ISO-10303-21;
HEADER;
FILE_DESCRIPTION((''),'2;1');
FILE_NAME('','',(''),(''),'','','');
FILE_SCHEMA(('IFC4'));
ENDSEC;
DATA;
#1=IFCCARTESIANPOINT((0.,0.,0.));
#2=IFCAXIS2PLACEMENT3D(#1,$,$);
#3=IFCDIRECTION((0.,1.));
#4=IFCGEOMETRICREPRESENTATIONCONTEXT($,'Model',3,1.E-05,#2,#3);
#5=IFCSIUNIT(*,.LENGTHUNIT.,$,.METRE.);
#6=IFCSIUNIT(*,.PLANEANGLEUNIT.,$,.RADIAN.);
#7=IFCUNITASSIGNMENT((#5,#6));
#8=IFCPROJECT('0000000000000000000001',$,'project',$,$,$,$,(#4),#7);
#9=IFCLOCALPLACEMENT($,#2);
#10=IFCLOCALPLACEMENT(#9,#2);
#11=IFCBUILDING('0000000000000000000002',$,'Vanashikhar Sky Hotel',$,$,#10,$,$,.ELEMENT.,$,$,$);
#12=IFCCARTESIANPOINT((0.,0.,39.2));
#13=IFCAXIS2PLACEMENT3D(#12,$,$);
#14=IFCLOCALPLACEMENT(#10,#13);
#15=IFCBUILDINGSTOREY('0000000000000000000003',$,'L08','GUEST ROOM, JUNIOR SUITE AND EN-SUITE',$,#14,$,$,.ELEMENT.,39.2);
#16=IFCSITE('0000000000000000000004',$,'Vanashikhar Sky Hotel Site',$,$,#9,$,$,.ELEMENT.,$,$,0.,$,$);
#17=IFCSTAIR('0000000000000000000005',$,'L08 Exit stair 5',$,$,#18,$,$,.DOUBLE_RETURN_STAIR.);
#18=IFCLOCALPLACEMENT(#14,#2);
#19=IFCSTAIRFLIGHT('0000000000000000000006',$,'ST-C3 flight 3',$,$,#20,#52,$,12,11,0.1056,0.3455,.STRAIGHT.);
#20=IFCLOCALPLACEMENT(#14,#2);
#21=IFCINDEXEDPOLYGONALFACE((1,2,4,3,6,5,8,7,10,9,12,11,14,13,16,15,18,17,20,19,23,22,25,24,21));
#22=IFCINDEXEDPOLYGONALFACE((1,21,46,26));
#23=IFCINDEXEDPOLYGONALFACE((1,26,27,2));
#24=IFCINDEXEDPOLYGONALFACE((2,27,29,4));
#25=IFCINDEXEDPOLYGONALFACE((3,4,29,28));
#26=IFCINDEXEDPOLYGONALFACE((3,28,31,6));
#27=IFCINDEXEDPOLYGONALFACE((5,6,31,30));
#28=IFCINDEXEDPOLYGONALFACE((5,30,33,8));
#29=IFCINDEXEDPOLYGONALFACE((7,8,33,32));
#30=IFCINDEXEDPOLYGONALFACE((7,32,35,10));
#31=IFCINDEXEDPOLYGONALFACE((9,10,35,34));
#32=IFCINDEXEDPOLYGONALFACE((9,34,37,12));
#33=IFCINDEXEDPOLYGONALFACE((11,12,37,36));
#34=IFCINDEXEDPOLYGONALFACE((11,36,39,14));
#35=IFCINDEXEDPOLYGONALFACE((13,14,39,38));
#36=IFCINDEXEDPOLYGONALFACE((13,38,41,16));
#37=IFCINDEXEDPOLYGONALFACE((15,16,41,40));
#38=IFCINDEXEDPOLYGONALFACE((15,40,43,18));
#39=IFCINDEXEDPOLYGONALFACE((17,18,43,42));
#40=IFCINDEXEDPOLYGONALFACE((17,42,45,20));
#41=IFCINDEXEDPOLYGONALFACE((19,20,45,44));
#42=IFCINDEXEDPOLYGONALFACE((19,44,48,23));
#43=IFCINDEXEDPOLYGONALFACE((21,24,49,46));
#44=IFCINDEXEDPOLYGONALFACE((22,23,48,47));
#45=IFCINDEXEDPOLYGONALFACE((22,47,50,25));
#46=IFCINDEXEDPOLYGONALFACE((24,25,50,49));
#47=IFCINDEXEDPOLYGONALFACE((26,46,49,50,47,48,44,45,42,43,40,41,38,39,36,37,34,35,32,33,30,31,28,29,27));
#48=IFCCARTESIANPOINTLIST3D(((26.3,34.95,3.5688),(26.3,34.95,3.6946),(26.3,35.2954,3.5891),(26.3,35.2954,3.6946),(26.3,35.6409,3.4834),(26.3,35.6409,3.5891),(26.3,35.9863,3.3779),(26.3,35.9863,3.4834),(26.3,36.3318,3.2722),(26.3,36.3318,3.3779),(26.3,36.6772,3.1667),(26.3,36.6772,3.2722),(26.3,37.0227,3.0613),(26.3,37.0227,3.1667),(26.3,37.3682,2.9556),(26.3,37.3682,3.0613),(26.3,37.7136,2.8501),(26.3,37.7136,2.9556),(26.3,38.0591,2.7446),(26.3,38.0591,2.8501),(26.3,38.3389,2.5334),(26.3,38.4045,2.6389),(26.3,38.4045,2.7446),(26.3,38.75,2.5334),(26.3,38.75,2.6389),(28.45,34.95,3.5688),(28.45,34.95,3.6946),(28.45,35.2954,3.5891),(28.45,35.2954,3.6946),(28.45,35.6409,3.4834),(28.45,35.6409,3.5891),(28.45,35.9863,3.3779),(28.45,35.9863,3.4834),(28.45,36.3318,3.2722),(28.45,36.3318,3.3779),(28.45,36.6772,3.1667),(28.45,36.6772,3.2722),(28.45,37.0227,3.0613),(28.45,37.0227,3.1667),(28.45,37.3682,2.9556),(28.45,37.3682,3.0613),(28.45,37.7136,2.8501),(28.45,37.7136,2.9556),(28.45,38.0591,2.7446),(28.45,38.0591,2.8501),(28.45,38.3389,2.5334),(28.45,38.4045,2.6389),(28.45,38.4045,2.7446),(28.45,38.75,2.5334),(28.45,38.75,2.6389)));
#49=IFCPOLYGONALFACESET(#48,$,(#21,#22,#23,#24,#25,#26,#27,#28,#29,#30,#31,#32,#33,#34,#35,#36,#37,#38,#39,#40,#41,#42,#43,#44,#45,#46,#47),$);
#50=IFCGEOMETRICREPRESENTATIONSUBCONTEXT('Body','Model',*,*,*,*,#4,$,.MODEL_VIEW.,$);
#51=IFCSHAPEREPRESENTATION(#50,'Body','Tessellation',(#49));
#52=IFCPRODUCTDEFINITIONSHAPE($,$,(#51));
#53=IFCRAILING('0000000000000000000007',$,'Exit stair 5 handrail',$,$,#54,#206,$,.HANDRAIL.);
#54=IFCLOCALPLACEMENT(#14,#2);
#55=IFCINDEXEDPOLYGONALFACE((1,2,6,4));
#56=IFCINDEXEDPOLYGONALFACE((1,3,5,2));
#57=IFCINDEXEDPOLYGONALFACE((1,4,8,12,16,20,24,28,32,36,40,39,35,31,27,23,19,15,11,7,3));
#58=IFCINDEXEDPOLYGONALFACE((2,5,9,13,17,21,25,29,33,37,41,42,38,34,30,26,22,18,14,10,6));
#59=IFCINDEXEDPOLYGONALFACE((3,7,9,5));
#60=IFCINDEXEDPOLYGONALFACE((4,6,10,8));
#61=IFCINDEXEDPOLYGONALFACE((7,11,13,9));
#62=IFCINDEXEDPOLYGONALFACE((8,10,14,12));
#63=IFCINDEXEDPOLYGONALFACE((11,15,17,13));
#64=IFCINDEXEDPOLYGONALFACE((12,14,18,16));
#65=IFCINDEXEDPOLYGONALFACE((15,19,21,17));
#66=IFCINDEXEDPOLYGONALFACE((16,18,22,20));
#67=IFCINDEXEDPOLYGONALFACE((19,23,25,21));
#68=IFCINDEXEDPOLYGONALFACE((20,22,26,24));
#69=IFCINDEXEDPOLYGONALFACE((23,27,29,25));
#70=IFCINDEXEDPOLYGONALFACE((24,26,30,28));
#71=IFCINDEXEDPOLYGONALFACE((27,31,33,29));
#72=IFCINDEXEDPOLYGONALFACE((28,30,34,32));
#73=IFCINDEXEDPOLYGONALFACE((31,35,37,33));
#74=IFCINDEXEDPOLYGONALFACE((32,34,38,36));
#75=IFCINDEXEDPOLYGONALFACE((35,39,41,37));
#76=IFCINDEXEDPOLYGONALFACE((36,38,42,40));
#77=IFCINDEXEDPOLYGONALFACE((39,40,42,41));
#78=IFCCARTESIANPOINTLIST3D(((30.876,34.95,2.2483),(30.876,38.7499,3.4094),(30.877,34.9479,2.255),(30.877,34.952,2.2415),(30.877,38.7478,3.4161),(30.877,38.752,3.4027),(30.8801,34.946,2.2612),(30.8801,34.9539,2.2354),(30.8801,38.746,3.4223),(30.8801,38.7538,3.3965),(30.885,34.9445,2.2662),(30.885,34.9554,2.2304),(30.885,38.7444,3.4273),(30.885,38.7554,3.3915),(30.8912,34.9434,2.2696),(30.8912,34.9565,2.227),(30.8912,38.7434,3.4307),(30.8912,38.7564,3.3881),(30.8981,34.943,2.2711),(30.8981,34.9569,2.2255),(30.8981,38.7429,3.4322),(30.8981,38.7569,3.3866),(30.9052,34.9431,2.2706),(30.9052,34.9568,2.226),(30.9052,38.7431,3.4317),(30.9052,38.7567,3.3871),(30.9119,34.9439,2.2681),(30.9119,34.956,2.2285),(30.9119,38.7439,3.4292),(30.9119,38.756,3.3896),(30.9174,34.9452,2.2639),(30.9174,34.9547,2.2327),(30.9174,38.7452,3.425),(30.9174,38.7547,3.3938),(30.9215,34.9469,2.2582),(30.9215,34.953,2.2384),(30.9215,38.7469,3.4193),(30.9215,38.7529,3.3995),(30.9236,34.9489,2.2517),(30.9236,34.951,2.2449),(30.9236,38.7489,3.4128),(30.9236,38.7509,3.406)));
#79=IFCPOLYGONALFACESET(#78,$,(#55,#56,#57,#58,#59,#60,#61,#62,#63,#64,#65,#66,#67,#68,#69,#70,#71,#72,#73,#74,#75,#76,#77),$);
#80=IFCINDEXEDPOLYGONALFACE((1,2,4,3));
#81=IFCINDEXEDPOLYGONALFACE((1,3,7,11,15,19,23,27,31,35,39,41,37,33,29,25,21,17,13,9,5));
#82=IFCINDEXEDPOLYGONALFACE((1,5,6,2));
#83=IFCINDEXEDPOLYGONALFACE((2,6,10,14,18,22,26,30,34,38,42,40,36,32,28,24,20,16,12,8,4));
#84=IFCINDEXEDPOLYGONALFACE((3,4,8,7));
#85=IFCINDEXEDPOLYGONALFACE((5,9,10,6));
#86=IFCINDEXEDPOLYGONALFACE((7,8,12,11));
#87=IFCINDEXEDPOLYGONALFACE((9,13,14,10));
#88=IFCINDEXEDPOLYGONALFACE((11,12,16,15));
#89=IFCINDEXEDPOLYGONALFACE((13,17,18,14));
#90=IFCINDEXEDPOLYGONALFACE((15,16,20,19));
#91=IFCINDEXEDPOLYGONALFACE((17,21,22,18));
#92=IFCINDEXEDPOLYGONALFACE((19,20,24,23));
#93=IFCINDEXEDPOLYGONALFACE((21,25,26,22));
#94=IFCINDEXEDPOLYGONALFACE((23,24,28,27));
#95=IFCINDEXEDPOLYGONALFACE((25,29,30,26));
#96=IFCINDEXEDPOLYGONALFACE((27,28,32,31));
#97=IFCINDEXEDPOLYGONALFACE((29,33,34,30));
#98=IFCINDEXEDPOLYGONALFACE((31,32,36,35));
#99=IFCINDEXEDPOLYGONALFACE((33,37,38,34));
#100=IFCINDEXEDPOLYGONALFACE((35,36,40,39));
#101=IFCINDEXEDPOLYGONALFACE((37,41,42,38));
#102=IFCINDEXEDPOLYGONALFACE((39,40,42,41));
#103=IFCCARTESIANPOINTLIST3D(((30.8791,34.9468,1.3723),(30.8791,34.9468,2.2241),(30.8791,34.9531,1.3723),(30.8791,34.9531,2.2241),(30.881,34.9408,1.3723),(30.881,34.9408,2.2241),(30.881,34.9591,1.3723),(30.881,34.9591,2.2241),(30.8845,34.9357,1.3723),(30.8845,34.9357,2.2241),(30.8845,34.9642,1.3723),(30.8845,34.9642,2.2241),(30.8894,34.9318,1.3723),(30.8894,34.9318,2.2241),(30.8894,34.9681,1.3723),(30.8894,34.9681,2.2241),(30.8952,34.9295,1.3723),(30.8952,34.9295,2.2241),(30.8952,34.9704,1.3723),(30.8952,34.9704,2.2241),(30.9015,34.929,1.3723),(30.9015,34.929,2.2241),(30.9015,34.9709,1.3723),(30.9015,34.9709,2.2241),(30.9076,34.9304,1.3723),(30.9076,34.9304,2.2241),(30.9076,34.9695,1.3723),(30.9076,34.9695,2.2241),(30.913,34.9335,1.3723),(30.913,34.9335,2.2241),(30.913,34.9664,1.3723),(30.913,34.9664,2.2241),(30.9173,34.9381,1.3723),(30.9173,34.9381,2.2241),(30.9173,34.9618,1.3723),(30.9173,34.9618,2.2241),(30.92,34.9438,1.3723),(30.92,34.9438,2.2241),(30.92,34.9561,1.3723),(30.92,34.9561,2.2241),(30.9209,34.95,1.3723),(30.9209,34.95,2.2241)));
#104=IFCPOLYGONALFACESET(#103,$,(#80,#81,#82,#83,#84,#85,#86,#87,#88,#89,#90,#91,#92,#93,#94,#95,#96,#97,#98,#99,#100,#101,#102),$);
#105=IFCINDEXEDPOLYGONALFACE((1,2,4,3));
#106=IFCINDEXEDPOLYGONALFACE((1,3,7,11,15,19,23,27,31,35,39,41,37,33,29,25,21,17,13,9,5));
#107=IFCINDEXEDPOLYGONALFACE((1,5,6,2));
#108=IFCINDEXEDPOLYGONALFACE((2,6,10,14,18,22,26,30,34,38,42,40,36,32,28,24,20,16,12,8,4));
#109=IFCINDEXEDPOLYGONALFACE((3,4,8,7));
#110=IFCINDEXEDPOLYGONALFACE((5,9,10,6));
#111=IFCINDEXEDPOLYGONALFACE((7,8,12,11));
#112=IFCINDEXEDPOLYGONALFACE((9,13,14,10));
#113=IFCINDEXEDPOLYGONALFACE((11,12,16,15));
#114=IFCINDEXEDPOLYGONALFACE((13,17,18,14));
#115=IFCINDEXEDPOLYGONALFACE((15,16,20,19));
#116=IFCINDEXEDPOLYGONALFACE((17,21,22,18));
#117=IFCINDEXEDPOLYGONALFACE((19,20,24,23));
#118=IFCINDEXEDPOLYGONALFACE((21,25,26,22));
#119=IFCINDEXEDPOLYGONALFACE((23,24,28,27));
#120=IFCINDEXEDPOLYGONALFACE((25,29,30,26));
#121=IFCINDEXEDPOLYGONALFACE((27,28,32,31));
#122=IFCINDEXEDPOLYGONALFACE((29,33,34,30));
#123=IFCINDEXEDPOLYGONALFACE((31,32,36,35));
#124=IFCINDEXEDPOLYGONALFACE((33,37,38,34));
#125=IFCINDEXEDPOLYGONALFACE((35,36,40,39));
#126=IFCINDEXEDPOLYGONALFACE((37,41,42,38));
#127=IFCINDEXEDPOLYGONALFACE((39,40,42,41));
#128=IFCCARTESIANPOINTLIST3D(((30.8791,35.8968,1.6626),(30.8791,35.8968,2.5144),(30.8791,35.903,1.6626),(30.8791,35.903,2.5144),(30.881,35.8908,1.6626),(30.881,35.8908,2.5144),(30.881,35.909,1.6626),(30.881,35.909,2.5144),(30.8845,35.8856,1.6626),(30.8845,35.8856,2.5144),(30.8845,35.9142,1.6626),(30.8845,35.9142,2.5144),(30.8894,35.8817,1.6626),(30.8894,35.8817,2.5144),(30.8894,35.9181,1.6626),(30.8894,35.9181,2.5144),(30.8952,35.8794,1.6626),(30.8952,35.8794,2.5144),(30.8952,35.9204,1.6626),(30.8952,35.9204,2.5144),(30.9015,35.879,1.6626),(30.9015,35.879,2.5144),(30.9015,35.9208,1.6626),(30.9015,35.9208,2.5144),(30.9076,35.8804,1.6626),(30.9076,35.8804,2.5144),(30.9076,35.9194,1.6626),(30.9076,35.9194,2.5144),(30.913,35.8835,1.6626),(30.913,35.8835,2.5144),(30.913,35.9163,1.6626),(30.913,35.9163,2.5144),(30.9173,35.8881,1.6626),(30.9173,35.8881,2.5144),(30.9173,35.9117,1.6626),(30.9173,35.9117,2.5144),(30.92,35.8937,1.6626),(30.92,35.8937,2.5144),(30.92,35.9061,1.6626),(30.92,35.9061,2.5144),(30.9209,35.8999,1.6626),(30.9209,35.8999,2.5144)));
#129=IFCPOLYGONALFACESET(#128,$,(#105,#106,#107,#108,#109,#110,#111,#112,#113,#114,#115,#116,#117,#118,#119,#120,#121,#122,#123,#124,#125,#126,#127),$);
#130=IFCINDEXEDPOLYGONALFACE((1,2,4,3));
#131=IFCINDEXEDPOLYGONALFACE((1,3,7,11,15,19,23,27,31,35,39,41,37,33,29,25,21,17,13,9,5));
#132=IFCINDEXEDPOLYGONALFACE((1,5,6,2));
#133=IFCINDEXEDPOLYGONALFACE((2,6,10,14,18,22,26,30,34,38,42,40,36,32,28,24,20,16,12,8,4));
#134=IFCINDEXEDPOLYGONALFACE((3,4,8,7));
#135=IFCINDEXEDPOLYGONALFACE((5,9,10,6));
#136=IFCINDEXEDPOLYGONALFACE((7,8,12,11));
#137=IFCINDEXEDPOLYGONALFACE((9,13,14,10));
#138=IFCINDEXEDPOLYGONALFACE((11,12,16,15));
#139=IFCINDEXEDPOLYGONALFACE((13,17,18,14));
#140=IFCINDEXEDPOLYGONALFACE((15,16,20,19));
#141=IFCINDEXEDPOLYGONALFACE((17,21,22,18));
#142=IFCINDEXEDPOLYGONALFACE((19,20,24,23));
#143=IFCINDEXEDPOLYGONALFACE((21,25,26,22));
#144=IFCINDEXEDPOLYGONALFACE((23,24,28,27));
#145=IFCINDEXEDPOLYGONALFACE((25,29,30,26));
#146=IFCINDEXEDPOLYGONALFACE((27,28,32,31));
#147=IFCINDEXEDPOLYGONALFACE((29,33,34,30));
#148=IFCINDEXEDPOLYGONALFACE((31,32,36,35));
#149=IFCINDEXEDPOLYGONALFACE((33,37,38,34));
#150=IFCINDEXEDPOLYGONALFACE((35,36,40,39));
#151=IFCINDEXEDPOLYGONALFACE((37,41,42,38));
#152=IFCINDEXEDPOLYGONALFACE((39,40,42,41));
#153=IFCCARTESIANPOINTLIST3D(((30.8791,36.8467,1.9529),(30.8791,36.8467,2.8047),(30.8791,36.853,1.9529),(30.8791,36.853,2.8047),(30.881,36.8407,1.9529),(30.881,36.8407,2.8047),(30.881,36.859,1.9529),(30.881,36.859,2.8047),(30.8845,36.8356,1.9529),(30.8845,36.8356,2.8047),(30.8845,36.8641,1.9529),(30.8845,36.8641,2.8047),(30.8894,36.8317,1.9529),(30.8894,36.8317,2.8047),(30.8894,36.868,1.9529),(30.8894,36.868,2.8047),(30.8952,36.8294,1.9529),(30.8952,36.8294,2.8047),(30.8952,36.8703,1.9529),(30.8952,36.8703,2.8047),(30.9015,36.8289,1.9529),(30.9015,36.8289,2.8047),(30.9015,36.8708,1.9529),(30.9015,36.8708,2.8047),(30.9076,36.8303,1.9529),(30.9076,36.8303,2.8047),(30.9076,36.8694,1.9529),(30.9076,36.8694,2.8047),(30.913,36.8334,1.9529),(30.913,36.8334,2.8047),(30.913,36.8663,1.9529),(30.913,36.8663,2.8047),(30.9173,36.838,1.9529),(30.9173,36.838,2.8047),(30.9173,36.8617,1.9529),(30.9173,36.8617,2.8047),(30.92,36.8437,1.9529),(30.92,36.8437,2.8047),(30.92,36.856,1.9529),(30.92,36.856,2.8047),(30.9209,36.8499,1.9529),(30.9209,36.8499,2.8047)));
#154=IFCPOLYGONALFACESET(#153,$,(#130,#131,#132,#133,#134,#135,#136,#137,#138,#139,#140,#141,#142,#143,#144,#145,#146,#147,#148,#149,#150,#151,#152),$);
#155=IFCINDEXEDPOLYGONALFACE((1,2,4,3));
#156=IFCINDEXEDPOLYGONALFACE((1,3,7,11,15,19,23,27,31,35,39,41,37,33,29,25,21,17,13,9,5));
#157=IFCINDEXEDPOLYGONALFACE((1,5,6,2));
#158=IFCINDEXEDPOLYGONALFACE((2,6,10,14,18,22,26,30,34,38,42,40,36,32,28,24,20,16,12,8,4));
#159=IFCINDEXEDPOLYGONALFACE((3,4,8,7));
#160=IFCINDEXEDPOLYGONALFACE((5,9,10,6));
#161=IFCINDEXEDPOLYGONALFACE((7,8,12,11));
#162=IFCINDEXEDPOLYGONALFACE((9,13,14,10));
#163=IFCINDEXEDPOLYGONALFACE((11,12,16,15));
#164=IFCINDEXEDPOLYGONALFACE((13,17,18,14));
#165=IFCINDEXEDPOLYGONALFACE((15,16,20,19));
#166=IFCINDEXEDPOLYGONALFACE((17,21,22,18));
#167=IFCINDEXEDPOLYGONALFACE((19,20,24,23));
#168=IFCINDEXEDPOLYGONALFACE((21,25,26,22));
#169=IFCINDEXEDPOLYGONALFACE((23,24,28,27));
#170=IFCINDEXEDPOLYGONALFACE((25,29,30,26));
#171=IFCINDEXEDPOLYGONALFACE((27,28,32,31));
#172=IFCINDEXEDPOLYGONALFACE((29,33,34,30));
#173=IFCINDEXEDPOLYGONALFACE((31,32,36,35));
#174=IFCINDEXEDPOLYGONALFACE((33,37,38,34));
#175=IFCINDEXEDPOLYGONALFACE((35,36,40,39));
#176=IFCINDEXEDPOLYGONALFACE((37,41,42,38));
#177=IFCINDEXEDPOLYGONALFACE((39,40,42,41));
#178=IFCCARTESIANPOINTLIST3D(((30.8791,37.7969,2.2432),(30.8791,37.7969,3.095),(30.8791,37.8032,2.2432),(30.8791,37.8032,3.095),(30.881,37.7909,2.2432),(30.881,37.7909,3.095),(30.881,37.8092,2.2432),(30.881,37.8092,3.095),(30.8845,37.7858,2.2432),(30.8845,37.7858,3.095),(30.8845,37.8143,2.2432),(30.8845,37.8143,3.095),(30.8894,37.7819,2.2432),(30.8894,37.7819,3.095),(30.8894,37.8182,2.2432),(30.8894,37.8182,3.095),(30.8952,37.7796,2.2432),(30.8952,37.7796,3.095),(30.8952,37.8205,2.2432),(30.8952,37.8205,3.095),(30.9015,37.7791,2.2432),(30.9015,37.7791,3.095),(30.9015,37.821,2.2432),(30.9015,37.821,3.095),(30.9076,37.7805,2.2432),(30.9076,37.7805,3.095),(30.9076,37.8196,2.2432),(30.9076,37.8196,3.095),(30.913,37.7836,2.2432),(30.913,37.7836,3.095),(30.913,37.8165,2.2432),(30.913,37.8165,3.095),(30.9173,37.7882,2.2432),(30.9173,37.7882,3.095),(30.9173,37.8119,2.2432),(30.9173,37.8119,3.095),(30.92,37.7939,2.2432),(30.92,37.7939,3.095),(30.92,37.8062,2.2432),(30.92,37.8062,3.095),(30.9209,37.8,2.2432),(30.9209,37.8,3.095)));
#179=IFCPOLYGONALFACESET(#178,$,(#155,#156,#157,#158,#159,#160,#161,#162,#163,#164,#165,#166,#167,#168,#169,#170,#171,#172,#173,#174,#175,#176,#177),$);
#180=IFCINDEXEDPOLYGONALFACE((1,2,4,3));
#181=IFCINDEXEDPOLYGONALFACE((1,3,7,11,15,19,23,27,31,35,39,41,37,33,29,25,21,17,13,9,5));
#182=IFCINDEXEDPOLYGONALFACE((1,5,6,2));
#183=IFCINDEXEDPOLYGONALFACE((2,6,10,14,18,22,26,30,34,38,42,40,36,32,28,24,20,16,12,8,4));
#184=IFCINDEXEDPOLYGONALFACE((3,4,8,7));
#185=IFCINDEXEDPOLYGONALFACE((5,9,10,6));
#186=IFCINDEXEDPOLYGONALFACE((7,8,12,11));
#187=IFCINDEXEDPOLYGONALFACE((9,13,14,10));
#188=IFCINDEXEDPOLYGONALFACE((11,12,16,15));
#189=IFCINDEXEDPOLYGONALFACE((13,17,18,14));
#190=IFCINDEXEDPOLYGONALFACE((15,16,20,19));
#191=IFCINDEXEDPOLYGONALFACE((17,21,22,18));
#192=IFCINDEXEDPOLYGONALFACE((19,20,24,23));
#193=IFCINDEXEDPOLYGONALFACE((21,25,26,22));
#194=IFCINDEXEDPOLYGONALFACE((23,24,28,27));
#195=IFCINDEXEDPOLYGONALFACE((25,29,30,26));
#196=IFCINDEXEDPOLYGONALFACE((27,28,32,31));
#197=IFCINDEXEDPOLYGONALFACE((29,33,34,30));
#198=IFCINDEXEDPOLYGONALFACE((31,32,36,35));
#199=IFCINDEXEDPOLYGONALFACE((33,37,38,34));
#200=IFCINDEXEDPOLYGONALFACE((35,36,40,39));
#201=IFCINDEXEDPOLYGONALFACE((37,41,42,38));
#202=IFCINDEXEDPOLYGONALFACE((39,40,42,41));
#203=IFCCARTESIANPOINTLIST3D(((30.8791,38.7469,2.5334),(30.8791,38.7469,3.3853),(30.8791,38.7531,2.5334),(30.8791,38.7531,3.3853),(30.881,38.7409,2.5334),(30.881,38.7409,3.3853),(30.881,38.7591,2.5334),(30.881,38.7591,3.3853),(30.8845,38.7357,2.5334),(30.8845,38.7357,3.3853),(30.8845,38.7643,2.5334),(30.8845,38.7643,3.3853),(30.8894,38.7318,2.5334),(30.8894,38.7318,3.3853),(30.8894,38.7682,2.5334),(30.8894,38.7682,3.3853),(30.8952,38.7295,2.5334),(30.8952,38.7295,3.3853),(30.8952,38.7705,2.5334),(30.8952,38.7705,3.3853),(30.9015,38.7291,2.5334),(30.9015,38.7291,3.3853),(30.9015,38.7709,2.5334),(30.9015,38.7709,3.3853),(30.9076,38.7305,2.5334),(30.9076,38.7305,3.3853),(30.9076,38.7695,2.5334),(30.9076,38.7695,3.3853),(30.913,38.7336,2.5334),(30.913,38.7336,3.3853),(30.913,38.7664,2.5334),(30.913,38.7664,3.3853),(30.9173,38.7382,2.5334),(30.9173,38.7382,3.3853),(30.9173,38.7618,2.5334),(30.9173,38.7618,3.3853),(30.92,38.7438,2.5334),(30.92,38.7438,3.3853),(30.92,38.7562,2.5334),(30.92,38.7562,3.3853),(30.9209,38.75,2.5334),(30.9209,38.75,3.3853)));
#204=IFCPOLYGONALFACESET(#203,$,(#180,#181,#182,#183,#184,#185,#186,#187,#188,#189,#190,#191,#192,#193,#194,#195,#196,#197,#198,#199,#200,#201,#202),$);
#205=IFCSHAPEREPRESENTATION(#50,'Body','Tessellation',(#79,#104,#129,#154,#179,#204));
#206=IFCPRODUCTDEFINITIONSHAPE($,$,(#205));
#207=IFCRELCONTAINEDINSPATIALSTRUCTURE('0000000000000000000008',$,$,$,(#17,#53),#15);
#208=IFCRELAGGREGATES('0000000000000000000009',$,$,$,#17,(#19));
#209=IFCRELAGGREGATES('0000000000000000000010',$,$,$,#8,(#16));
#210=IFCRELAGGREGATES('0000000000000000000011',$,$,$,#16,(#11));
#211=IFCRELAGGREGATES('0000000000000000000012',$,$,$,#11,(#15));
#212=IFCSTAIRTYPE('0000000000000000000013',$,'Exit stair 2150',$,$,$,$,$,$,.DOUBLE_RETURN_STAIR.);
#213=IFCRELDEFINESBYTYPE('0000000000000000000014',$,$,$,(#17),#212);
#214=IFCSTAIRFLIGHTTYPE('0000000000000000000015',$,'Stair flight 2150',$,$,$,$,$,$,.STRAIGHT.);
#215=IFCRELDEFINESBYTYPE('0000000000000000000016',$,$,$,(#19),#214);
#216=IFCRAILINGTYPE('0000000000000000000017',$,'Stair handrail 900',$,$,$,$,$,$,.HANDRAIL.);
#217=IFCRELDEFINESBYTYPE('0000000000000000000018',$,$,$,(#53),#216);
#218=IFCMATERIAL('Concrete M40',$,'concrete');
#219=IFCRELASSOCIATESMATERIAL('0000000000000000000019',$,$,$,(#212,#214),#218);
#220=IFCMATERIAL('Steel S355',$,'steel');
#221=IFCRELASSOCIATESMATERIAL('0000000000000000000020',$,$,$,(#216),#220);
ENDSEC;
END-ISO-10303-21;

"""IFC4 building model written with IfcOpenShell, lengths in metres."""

from ifc_helpers import new_model, si_unit, direction, frame, origin, origin_2d, place, context, subcontext, project, spatial, polyline, circle, outline, extrude, source, transform, mapped, material, type_object, element, aggregate, save


model = new_model("IFC4")

# Units and contexts
model_context = context("Model", 3, precision=1e-05, world=origin(), true_north=direction((0.0, 1.0)))
body_context = subcontext(model_context, "Body", "Model", "MODEL_VIEW")
ifc_project = project(units=[si_unit("LENGTHUNIT", "METRE"), si_unit("PLANEANGLEUNIT", "RADIAN")], contexts=[model_context])

# Site, building, storey
site_placement = place(None, origin())
site = spatial("IfcSite", under=ifc_project, at=site_placement, Name="Vanashikhar Sky Hotel Site", CompositionType="ELEMENT", RefElevation=0.0)
building_placement = place(site_placement, origin())
building = spatial("IfcBuilding", under=site, at=building_placement, Name="Vanashikhar Sky Hotel", CompositionType="ELEMENT")
storey_placement = place(building_placement, frame((0.0, 0.0, 39.2)))
storey = spatial("IfcBuildingStorey", under=building, at=storey_placement, Name="L08", Description="GUEST ROOM, JUNIOR SUITE AND EN-SUITE", CompositionType="ELEMENT", Elevation=39.2)

# Shared definitions
ifc_material_1 = material(Name="Concrete M40", Category="concrete")

# Stair, stair flight
stair_type = type_object("IfcStairType", Name="Exit stair 2150", PredefinedType="DOUBLE_RETURN_STAIR", material=ifc_material_1)
stair_placement = place(storey_placement, origin())
stair = element("IfcStair", 1, at=stair_placement, inside=storey, type_object=stair_type, Name="L08 Exit stair 5", PredefinedType="DOUBLE_RETURN_STAIR")
stair_flight_type = type_object("IfcStairFlightType", Name="Stair flight 2150", PredefinedType="STRAIGHT", material=ifc_material_1)
shared_shape_1 = source(origin(), body_context, "Body", "SweptSolid", [
    extrude(outline(polyline([(0.0, 0.0), (0.0, 0.1055), (0.3455, 0.1055), (0.3455, 0.2112), (0.6909, 0.2112), (0.6909, 0.3167), (1.0364, 0.3167), (1.0364, 0.4221), (1.3818, 0.4221), (1.3818, 0.5278), (1.7273, 0.5278), (1.7273, 0.6333), (2.0728, 0.6333), (2.0728, 0.7388), (2.4182, 0.7388), (2.4182, 0.8445), (2.7637, 0.8445), (2.7637, 0.95), (3.1091, 0.95), (3.1091, 1.0557), (3.4546, 1.0557), (3.4546, 1.1611), (3.8, 1.1611), (3.8, 1.2666), (3.8, 1.0354), (0.4111, 0.0), (0.0, 0.0)])), frame((0.0, 1.075, 0.0), z_axis=(0.0, -1.0, 0.0), x_axis=(1.0, 0.0, 0.0)), (0.0, 0.0, 1.0), 2.1499),
])
stair_flight_1_placement = place(storey_placement, frame((27.375, 38.75, 2.5334), z_axis=(0.0, 0.0, 1.0), x_axis=(0.0, -1.0, 0.0)))
stair_flight_1 = element("IfcStairFlight", 2, at=stair_flight_1_placement, type_object=stair_flight_type, Name="ST-C3 flight 3", NumberOfRisers=12, NumberOfTreads=11, PredefinedType="STRAIGHT", RiserHeight=0.1056, TreadLength=0.3455, context=body_context, shape_type="MappedRepresentation", body=[
    mapped(shared_shape_1, transform((0.0, 0.0, 0.0), scale=1.0)),
])
aggregate(stair, [stair_flight_1])

# Railing
ifc_material_2 = material(Name="Steel S355", Category="steel")
railing_type_1 = type_object("IfcRailingType", Name="Stair handrail 900", PredefinedType="HANDRAIL", material=ifc_material_2)
shared_shape_2 = source(origin(), body_context, "Body", "SweptSolid", [
    extrude(circle(Radius=0.0239, at=origin_2d()), frame((0.0, 0.0, 0.876), z_axis=(0.0, 0.956351, 0.29222), x_axis=(-1.0, 0.0, 0.0)), (0.0, 0.0, 1.0), 3.9734),
    extrude(circle(Radius=0.021, at=origin_2d()), origin(), (0.0, 0.0, 1.0), 0.8518),
    extrude(circle(Radius=0.021, at=origin_2d()), frame((0.0, 0.95, 0.2903)), (0.0, 0.0, 1.0), 0.8518),
    extrude(circle(Radius=0.021, at=origin_2d()), frame((0.0, 1.8999, 0.5806)), (0.0, 0.0, 1.0), 0.8518),
    extrude(circle(Radius=0.021, at=origin_2d()), frame((0.0, 2.8501, 0.8708)), (0.0, 0.0, 1.0), 0.8518),
    extrude(circle(Radius=0.021, at=origin_2d()), frame((0.0, 3.8, 1.1611)), (0.0, 0.0, 1.0), 0.8518),
])
railing_placement = place(storey_placement, frame((30.8999, 34.95, 1.3723)))
element("IfcRailing", 3, at=railing_placement, inside=storey, type_object=railing_type_1, Name="Exit stair 5 handrail", PredefinedType="HANDRAIL", context=body_context, shape_type="MappedRepresentation", body=[
    mapped(shared_shape_2, transform((0.0, 0.0, 0.0), scale=1.0)),
])

save(model, "model.ifc")
